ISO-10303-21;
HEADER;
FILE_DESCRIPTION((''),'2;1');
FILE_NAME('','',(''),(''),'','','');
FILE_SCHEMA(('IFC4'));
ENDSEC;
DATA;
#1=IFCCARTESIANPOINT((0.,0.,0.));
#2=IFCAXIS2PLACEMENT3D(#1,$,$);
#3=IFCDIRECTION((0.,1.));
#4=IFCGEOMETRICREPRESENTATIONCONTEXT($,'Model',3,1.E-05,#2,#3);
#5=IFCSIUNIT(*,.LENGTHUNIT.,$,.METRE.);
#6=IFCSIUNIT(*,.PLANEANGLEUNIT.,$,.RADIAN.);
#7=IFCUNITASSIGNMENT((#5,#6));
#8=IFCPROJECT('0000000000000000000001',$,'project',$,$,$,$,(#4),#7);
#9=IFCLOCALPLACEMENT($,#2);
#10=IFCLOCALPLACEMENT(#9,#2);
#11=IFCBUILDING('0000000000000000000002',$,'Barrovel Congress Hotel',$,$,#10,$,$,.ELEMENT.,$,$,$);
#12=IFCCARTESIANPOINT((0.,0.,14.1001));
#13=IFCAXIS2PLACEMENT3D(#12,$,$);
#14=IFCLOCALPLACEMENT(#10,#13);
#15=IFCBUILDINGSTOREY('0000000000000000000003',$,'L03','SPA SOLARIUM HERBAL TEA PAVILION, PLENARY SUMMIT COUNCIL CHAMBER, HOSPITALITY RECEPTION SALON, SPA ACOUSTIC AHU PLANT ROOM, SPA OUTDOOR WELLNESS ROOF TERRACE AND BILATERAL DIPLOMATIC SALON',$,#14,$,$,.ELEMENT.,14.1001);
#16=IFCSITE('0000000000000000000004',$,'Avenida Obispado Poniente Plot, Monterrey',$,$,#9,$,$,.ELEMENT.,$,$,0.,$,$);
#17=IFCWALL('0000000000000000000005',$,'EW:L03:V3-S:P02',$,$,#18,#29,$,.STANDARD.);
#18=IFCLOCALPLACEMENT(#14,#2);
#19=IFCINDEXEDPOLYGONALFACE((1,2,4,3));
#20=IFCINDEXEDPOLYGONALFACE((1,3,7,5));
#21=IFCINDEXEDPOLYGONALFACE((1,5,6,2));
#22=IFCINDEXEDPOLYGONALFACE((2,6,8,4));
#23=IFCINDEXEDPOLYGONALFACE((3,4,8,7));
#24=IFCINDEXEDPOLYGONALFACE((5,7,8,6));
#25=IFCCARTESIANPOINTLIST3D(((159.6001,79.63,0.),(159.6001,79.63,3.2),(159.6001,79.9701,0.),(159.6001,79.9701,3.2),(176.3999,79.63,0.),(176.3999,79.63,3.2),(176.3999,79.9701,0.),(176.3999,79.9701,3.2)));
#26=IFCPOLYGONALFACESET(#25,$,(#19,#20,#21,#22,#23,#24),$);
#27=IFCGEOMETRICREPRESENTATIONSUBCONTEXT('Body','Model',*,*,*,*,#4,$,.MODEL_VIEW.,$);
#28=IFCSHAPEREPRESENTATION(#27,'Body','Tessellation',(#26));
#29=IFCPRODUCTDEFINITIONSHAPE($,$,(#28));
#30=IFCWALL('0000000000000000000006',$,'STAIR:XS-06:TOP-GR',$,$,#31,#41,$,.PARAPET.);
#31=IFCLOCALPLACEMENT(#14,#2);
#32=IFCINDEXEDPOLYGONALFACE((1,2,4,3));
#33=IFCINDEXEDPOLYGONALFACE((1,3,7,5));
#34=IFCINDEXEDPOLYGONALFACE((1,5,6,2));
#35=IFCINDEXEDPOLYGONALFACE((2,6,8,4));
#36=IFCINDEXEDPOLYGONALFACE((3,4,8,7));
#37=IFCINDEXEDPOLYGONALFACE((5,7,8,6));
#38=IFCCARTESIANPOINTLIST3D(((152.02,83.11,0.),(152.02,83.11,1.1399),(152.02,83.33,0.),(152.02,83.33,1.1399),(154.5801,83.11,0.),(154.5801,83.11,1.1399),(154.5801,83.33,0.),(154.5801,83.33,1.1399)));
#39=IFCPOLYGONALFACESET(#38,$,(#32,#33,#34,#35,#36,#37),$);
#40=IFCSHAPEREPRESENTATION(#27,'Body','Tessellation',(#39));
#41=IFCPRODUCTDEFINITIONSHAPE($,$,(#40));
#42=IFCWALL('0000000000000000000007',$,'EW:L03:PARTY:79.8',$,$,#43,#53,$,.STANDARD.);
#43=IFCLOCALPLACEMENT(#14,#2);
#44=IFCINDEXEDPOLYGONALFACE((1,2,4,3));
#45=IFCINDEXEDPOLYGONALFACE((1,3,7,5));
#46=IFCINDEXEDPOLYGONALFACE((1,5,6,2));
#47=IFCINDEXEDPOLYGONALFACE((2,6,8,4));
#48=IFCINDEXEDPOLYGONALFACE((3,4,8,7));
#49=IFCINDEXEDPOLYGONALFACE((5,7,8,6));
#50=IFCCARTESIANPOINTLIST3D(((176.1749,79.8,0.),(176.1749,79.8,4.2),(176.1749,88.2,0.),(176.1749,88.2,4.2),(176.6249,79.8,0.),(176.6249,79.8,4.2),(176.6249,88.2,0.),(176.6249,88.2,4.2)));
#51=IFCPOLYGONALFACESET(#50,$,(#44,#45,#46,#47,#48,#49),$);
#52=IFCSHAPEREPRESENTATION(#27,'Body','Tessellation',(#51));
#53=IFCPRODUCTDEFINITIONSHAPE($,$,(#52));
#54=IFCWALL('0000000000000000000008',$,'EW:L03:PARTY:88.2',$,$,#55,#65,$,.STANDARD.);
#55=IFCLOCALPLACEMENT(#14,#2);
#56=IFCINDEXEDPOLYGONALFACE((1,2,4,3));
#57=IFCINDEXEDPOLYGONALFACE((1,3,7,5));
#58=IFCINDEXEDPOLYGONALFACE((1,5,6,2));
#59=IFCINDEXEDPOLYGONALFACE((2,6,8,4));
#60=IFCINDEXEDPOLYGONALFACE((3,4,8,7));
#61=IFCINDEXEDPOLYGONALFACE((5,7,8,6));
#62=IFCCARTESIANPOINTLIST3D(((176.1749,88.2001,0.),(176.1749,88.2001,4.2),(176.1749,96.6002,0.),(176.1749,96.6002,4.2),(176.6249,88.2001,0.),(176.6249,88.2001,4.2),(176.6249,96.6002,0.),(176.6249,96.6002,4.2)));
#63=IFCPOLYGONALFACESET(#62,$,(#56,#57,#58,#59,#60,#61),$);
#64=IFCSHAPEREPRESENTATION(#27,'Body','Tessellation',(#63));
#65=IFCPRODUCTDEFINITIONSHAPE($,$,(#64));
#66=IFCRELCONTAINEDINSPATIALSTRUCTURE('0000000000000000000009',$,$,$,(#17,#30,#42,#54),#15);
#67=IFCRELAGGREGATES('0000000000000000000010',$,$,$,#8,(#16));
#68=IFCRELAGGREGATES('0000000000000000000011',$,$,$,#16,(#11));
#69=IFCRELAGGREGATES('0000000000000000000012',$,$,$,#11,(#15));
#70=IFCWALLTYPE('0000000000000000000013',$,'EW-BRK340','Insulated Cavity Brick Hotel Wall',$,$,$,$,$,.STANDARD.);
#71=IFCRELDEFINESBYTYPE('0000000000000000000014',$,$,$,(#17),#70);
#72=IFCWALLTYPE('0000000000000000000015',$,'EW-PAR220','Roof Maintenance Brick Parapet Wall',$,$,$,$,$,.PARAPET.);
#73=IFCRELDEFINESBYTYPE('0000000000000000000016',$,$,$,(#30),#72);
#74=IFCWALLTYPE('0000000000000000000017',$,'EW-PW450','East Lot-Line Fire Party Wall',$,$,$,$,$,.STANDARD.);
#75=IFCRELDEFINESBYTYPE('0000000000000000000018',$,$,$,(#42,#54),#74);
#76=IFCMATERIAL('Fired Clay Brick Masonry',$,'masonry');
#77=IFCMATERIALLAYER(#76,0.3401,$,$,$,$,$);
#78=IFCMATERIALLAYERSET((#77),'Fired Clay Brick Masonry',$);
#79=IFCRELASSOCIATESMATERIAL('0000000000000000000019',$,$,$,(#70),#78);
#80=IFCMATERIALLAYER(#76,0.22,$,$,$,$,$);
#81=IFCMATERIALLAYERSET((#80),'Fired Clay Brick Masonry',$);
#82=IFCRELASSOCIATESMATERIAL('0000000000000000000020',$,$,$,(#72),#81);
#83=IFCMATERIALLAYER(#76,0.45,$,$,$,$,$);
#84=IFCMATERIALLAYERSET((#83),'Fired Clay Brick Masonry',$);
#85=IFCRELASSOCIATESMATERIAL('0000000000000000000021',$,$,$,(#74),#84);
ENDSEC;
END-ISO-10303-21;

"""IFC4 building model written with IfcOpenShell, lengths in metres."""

from ifc_helpers import new_model, si_unit, direction, frame, frame_2d, origin, place, context, subcontext, project, spatial, rectangle, extrude, material, layer, layer_set, type_object, element, save


model = new_model("IFC4")

# Units and contexts
model_context = context("Model", 3, precision=1e-05, world=origin(), true_north=direction((0.0, 1.0)))
body_context = subcontext(model_context, "Body", "Model", "MODEL_VIEW")
ifc_project = project(units=[si_unit("LENGTHUNIT", "METRE"), si_unit("PLANEANGLEUNIT", "RADIAN")], contexts=[model_context])

# Site, building, storey
site_placement = place(None, origin())
site = spatial("IfcSite", under=ifc_project, at=site_placement, Name="Avenida Obispado Poniente Plot, Monterrey", CompositionType="ELEMENT", RefElevation=0.0)
building_placement = place(site_placement, origin())
building = spatial("IfcBuilding", under=site, at=building_placement, Name="Barrovel Congress Hotel", CompositionType="ELEMENT")
storey_placement = place(building_placement, frame((0.0, 0.0, 14.1001)))
storey = spatial("IfcBuildingStorey", under=building, at=storey_placement, Name="L03", Description="SPA SOLARIUM HERBAL TEA PAVILION, PLENARY SUMMIT COUNCIL CHAMBER, HOSPITALITY RECEPTION SALON, SPA ACOUSTIC AHU PLANT ROOM, SPA OUTDOOR WELLNESS ROOF TERRACE AND BILATERAL DIPLOMATIC SALON", CompositionType="ELEMENT", Elevation=14.1001)

# Shared definitions
ifc_material_1 = material(Name="Fired Clay Brick Masonry", Category="masonry")

# Walls
ifc_layer_1 = layer(ifc_material_1, 0.3401)
ifc_layer_set_1 = layer_set([ifc_layer_1], Name="Fired Clay Brick Masonry")
wall_type_1 = type_object("IfcWallType", Name="EW-BRK340", Description="Insulated Cavity Brick Hotel Wall", PredefinedType="STANDARD", material=ifc_layer_set_1)
wall_1_placement = place(storey_placement, frame((159.6001, 79.8, 0.0), z_axis=(0.0, 0.0, 1.0), x_axis=(1.0, 0.0, 0.0)))
element("IfcWall", 1, at=wall_1_placement, inside=storey, type_object=wall_type_1, Name="EW:L03:V3-S:P02", PredefinedType="STANDARD", context=body_context, shape_type="SweptSolid", body=[
    extrude(rectangle(XDim=16.7998, YDim=0.3401, at=frame_2d((8.3999, 0.0))), origin(), (0.0, 0.0, 1.0), 3.2),
])
ifc_layer_2 = layer(ifc_material_1, 0.22)
ifc_layer_set_2 = layer_set([ifc_layer_2], Name="Fired Clay Brick Masonry")
wall_type_2 = type_object("IfcWallType", Name="EW-PAR220", Description="Roof Maintenance Brick Parapet Wall", PredefinedType="PARAPET", material=ifc_layer_set_2)
wall_2_placement = place(storey_placement, frame((152.02, 83.22, 0.0), z_axis=(0.0, 0.0, 1.0), x_axis=(1.0, 0.0, 0.0)))
element("IfcWall", 2, at=wall_2_placement, inside=storey, type_object=wall_type_2, Name="STAIR:XS-06:TOP-GR", PredefinedType="PARAPET", context=body_context, shape_type="SweptSolid", body=[
    extrude(rectangle(XDim=2.5601, YDim=0.22, at=frame_2d((1.28, 0.0))), origin(), (0.0, 0.0, 1.0), 1.1399),
])
ifc_layer_3 = layer(ifc_material_1, 0.45)
ifc_layer_set_3 = layer_set([ifc_layer_3], Name="Fired Clay Brick Masonry")
wall_type_3 = type_object("IfcWallType", Name="EW-PW450", Description="East Lot-Line Fire Party Wall", PredefinedType="STANDARD", material=ifc_layer_set_3)
wall_3_placement = place(storey_placement, frame((176.3999, 79.8, 0.0), z_axis=(0.0, 0.0, 1.0), x_axis=(0.0, 1.0, 0.0)))
element("IfcWall", 3, at=wall_3_placement, inside=storey, type_object=wall_type_3, Name="EW:L03:PARTY:79.8", PredefinedType="STANDARD", context=body_context, shape_type="SweptSolid", body=[
    extrude(rectangle(XDim=8.3999, YDim=0.45, at=frame_2d((4.2, 0.0))), origin(), (0.0, 0.0, 1.0), 4.2),
])
wall_4_placement = place(storey_placement, frame((176.3999, 88.2, 0.0), z_axis=(0.0, 0.0, 1.0), x_axis=(0.0, 1.0, 0.0)))
element("IfcWall", 4, at=wall_4_placement, inside=storey, type_object=wall_type_3, Name="EW:L03:PARTY:88.2", PredefinedType="STANDARD", context=body_context, shape_type="SweptSolid", body=[
    extrude(rectangle(XDim=8.4001, YDim=0.45, at=frame_2d((4.2002, 0.0))), origin(), (0.0, 0.0, 1.0), 4.2),
])

save(model, "model.ifc")
